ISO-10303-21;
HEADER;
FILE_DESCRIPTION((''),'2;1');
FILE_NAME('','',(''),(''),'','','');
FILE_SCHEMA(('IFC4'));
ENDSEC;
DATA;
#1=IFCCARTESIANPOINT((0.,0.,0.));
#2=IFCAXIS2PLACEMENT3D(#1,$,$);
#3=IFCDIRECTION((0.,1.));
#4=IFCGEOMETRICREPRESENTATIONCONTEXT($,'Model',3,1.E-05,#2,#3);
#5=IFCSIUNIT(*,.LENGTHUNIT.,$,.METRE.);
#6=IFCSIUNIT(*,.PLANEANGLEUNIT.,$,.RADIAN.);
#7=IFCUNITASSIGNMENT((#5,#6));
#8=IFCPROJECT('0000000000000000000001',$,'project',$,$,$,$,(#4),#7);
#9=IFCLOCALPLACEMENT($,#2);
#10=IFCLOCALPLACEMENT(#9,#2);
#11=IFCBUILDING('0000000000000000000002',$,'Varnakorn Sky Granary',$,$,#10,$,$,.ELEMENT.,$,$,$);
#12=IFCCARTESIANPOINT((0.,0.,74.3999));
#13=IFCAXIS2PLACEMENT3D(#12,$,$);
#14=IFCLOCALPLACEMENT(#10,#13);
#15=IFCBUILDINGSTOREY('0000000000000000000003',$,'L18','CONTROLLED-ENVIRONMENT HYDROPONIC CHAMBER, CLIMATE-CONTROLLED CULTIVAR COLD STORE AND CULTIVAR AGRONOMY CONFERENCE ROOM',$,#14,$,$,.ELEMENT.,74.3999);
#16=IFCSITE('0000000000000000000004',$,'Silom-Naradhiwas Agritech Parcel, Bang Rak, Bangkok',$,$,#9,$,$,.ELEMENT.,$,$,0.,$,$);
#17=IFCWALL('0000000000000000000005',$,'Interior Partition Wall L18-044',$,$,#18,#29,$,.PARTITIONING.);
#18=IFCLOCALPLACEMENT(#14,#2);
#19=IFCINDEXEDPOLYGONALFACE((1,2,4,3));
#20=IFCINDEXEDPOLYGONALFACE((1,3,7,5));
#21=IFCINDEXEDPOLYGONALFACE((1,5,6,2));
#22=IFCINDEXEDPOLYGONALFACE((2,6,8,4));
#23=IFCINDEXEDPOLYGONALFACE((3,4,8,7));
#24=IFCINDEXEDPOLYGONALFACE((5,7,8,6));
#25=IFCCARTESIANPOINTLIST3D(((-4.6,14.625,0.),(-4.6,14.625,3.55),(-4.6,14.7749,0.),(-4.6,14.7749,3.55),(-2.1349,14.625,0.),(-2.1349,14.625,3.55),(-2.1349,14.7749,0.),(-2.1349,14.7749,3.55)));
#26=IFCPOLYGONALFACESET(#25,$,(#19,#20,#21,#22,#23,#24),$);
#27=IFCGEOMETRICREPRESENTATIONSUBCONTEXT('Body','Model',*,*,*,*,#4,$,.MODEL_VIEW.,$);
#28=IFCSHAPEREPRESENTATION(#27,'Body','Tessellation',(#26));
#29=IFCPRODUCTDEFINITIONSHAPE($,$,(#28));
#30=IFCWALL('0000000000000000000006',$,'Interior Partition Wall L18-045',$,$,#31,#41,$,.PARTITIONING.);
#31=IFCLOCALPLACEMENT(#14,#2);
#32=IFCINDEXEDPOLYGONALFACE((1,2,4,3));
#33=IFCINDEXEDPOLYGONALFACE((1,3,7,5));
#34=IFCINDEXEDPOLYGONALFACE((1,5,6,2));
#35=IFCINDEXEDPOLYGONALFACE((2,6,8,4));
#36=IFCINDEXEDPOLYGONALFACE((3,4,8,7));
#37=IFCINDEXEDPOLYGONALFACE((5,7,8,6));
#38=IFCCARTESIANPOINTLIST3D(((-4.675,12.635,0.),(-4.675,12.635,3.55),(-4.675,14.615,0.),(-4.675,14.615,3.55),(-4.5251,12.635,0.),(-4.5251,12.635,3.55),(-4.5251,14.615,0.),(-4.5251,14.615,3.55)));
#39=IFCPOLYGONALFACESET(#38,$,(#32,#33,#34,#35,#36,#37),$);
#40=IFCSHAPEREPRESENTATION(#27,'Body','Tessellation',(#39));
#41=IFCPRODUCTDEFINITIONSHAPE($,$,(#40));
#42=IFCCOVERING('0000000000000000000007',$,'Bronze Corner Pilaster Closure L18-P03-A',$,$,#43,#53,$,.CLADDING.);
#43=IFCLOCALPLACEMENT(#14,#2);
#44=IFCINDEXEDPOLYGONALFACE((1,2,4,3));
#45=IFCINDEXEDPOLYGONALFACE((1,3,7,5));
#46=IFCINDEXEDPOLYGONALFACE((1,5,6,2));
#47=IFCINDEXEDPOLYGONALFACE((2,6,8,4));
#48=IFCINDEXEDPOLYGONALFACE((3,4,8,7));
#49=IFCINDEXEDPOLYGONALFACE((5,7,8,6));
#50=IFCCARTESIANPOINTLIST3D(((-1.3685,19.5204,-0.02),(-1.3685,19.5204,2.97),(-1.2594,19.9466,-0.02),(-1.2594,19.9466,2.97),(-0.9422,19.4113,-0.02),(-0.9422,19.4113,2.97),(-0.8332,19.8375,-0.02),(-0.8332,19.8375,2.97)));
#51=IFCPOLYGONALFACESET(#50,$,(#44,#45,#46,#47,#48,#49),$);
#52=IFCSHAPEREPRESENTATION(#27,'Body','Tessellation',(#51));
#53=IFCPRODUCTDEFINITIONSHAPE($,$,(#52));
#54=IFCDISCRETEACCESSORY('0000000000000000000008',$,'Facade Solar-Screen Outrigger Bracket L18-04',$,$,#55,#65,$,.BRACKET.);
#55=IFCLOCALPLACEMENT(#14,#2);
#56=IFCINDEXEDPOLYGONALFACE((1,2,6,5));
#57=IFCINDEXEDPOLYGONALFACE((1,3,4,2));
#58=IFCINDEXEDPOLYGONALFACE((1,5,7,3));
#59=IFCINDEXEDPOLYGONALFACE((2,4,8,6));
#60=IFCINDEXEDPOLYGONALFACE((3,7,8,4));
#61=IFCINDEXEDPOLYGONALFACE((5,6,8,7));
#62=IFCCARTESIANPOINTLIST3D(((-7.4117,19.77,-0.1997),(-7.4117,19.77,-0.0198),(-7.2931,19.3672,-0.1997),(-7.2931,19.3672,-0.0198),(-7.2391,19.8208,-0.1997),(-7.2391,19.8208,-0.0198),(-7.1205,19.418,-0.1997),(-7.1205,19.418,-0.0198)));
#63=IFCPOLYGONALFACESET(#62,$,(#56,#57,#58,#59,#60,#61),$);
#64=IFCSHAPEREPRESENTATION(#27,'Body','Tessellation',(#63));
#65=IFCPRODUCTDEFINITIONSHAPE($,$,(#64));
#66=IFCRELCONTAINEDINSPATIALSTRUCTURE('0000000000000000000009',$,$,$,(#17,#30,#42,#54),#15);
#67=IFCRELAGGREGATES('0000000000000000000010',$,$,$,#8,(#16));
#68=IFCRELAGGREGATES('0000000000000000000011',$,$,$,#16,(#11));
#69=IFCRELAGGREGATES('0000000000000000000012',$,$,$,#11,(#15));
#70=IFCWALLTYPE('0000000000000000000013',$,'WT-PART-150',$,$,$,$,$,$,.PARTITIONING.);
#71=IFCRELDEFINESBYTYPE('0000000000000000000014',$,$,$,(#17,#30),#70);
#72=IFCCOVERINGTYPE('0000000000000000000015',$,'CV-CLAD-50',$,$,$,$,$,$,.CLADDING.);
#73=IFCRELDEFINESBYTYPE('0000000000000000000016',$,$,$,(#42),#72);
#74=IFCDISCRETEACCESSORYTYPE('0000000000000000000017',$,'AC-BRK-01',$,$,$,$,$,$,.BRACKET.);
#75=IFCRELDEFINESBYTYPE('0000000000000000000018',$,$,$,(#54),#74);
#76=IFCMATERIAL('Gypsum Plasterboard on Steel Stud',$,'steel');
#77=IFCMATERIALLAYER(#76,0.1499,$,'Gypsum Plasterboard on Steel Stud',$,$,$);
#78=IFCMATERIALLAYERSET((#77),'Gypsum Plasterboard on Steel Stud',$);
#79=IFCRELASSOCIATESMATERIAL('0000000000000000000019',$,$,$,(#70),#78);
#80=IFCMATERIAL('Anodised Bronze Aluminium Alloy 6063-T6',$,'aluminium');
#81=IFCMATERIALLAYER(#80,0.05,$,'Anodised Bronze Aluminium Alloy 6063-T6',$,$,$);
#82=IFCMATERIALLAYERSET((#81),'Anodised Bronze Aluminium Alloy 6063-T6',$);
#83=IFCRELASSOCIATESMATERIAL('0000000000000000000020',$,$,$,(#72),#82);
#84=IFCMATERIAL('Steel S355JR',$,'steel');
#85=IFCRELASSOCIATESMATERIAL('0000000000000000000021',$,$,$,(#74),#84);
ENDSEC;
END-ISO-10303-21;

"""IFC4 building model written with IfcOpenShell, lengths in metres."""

from ifc_helpers import new_model, si_unit, direction, frame, frame_2d, origin, origin_2d, place, context, subcontext, project, spatial, rectangle, extrude, source, transform, mapped, material, layer, layer_set, type_object, type_shapes, element, save


model = new_model("IFC4")

# Units and contexts
model_context = context("Model", 3, precision=1e-05, world=origin(), true_north=direction((0.0, 1.0)))
body_context = subcontext(model_context, "Body", "Model", "MODEL_VIEW")
ifc_project = project(units=[si_unit("LENGTHUNIT", "METRE"), si_unit("PLANEANGLEUNIT", "RADIAN")], contexts=[model_context])

# Site, building, storey
site_placement = place(None, origin())
site = spatial("IfcSite", under=ifc_project, at=site_placement, Name="Silom-Naradhiwas Agritech Parcel, Bang Rak, Bangkok", CompositionType="ELEMENT", RefElevation=0.0)
building_placement = place(site_placement, origin())
building = spatial("IfcBuilding", under=site, at=building_placement, Name="Varnakorn Sky Granary", CompositionType="ELEMENT")
storey_placement = place(building_placement, frame((0.0, 0.0, 74.3999)))
storey = spatial("IfcBuildingStorey", under=building, at=storey_placement, Name="L18", Description="CONTROLLED-ENVIRONMENT HYDROPONIC CHAMBER, CLIMATE-CONTROLLED CULTIVAR COLD STORE AND CULTIVAR AGRONOMY CONFERENCE ROOM", CompositionType="ELEMENT", Elevation=74.3999)

# Shared definitions
ifc_material_1 = material(Name="Steel S355JR", Category="steel")

# Shared definitions
ifc_material_2 = material(Name="Anodised Bronze Aluminium Alloy 6063-T6", Category="aluminium")

# Walls
ifc_material_3 = material(Name="Gypsum Plasterboard on Steel Stud", Category="steel")
ifc_layer_1 = layer(ifc_material_3, 0.1499, Name="Gypsum Plasterboard on Steel Stud")
ifc_layer_set_1 = layer_set([ifc_layer_1], Name="Gypsum Plasterboard on Steel Stud")
wall_type_1 = type_object("IfcWallType", Name="WT-PART-150", PredefinedType="PARTITIONING", material=ifc_layer_set_1)
wall_1_placement = place(storey_placement, frame((-2.135, 14.7, 0.0), z_axis=(0.0, 0.0, 1.0), x_axis=(-1.0, 0.0, 0.0)))
element("IfcWall", 1, at=wall_1_placement, inside=storey, type_object=wall_type_1, Name="Interior Partition Wall L18-044", PredefinedType="PARTITIONING", context=body_context, shape_type="SweptSolid", body=[
    extrude(rectangle(XDim=2.4651, YDim=0.1499, at=frame_2d((1.2324, 0.0))), origin(), (0.0, 0.0, 1.0), 3.55),
])
wall_2_placement = place(storey_placement, frame((-4.6001, 14.615, 0.0), z_axis=(0.0, 0.0, 1.0), x_axis=(0.0, -1.0, 0.0)))
element("IfcWall", 2, at=wall_2_placement, inside=storey, type_object=wall_type_1, Name="Interior Partition Wall L18-045", PredefinedType="PARTITIONING", context=body_context, shape_type="SweptSolid", body=[
    extrude(rectangle(XDim=1.98, YDim=0.1499, at=frame_2d((0.99, 0.0))), origin(), (0.0, 0.0, 1.0), 3.55),
])

# Covering
ifc_layer_2 = layer(ifc_material_2, 0.05, Name="Anodised Bronze Aluminium Alloy 6063-T6")
ifc_layer_set_2 = layer_set([ifc_layer_2], Name="Anodised Bronze Aluminium Alloy 6063-T6")
covering_type = type_object("IfcCoveringType", Name="CV-CLAD-50", PredefinedType="CLADDING", material=ifc_layer_set_2)
shared_shape_1 = source(origin(), body_context, "Body", "SweptSolid", [
    extrude(rectangle(XDim=0.4399, YDim=0.4399, at=origin_2d()), origin(), (0.0, 0.0, 1.0), 2.99),
])
type_shapes(covering_type, [shared_shape_1])
covering_placement = place(storey_placement, frame((-1.1008, 19.679, -0.02), z_axis=(0.0, 0.0, 1.0), x_axis=(0.9688, -0.247845, 0.0)))
element("IfcCovering", 3, at=covering_placement, inside=storey, type_object=covering_type, Name="Bronze Corner Pilaster Closure L18-P03-A", PredefinedType="CLADDING", context=body_context, shape_type="MappedRepresentation", body=[
    mapped(shared_shape_1, transform((0.0, 0.0, 0.0), x_axis=(1.0, 0.0, 0.0), y_axis=(0.0, 1.0, 0.0), z_axis=(0.0, 0.0, 1.0), scale=1.0)),
])

# Discrete accessory
discrete_accessory_type = type_object("IfcDiscreteAccessoryType", Name="AC-BRK-01", PredefinedType="BRACKET", material=ifc_material_1)
shared_shape_2 = source(origin(), body_context, "Body", "SweptSolid", [
    extrude(rectangle(XDim=0.1799, YDim=0.4199, at=origin_2d()), origin(), (0.0, 0.0, 1.0), 0.1799),
])
type_shapes(discrete_accessory_type, [shared_shape_2])
discrete_accessory_placement = place(storey_placement, frame((-7.2661, 19.594, -0.1997), z_axis=(0.0, 0.0, 1.0), x_axis=(-0.959325, -0.282303, 0.0)))
element("IfcDiscreteAccessory", 4, at=discrete_accessory_placement, inside=storey, type_object=discrete_accessory_type, Name="Facade Solar-Screen Outrigger Bracket L18-04", PredefinedType="BRACKET", context=body_context, shape_type="MappedRepresentation", body=[
    mapped(shared_shape_2, transform((0.0, 0.0, 0.0), x_axis=(1.0, 0.0, 0.0), y_axis=(0.0, 1.0, 0.0), z_axis=(0.0, 0.0, 1.0), scale=1.0)),
])

save(model, "model.ifc")
